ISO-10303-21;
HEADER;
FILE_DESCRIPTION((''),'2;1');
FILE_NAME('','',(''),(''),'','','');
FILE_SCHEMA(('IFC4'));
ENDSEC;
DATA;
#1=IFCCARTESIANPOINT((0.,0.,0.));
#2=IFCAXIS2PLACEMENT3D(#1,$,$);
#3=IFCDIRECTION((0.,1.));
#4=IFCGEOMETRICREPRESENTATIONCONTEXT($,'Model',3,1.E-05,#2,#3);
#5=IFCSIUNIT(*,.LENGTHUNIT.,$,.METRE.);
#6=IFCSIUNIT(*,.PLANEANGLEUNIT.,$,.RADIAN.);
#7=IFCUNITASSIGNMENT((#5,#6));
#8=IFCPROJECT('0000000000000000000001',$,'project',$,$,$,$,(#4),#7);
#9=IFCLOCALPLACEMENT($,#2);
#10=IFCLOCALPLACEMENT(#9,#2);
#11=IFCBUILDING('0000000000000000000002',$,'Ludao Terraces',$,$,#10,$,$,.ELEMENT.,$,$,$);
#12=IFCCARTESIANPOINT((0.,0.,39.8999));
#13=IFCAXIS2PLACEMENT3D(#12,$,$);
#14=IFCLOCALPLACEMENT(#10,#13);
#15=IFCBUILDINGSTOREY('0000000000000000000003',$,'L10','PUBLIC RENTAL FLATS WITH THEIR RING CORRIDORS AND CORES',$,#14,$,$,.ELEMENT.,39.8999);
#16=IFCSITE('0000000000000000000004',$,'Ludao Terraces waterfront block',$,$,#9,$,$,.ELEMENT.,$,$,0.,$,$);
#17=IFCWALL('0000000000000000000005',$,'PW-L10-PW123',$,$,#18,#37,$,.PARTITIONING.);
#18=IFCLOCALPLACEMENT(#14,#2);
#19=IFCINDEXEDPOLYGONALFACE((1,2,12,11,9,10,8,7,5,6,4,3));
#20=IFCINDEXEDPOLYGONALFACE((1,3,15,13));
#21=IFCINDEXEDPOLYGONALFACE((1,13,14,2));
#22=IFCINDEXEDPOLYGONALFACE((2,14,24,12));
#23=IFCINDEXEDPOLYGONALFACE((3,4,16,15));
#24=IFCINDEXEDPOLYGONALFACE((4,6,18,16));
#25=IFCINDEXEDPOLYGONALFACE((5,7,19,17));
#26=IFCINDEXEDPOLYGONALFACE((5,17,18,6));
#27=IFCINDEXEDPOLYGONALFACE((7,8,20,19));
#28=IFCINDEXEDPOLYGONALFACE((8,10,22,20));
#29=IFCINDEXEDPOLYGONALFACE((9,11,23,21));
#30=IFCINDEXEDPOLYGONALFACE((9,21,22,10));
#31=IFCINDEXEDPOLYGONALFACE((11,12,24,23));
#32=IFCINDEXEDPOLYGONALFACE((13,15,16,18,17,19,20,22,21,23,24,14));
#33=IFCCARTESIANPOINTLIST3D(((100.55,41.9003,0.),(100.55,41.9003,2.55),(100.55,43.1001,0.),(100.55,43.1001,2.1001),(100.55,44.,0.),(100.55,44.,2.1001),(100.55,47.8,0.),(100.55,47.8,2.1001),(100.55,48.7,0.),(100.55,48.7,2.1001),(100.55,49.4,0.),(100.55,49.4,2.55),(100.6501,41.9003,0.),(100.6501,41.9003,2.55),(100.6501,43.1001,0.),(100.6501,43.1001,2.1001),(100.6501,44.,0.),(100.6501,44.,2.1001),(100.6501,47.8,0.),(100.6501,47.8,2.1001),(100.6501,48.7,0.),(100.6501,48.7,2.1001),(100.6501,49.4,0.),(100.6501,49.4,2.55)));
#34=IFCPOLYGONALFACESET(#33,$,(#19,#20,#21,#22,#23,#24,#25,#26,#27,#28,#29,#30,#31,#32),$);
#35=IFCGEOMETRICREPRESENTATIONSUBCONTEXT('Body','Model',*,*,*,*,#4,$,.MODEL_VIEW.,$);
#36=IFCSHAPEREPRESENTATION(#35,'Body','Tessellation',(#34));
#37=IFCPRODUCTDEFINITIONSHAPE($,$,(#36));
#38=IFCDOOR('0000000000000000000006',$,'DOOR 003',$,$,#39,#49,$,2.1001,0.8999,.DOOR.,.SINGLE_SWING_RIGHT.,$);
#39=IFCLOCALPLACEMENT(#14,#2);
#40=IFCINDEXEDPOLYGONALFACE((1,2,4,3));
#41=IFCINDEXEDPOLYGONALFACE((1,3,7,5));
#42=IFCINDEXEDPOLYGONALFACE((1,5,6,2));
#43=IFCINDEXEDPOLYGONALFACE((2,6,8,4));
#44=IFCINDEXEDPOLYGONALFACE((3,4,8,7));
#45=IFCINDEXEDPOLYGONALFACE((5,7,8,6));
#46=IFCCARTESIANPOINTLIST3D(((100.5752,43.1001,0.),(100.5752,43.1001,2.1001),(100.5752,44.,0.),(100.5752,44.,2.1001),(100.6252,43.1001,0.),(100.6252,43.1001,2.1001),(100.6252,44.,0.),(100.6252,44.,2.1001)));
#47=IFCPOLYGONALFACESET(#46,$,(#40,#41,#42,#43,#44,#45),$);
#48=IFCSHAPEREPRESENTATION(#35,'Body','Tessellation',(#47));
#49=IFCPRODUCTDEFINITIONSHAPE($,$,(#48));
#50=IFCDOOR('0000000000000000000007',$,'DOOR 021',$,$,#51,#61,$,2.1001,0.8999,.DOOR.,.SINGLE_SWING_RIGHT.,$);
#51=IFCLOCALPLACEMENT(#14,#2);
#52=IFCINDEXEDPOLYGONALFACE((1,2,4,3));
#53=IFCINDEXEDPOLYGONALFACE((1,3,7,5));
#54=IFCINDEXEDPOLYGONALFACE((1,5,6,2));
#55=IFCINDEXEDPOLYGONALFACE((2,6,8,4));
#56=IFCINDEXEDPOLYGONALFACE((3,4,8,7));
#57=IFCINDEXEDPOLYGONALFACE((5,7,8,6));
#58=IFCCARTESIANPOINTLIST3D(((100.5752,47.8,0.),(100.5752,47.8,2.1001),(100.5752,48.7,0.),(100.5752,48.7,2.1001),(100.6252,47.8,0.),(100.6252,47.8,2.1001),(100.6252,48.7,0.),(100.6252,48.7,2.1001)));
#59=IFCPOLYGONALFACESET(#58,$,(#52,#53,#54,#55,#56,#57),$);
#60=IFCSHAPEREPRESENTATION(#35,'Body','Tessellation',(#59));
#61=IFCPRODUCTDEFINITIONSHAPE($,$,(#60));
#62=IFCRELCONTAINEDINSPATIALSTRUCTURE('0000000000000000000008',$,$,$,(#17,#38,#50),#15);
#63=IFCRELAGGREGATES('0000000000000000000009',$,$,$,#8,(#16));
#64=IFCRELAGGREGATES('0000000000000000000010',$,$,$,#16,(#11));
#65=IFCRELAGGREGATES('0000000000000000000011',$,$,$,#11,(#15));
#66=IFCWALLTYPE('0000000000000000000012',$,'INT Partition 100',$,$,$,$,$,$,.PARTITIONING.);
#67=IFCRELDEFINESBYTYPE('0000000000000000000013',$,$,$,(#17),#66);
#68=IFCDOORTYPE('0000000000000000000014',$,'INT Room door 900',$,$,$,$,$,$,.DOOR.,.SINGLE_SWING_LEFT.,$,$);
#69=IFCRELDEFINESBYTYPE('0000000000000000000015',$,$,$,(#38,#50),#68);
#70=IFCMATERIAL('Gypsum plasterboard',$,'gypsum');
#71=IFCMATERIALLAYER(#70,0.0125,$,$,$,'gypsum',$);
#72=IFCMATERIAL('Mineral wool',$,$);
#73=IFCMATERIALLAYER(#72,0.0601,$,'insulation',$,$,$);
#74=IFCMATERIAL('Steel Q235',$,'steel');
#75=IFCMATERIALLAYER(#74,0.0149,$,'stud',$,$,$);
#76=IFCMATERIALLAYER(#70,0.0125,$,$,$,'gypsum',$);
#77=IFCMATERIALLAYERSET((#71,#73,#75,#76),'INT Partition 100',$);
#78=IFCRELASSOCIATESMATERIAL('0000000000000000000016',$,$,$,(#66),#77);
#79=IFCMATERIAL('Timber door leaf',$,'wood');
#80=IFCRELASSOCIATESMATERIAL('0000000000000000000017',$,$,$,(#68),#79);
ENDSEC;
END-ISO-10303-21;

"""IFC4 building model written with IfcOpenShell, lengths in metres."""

from ifc_helpers import new_model, si_unit, direction, frame, frame_2d, origin, place, context, subcontext, project, spatial, rectangle, extrude, material, layer, layer_set, type_object, element, fill, save


model = new_model("IFC4")

# Units and contexts
model_context = context("Model", 3, precision=1e-05, world=origin(), true_north=direction((0.0, 1.0)))
body_context = subcontext(model_context, "Body", "Model", "MODEL_VIEW")
ifc_project = project(units=[si_unit("LENGTHUNIT", "METRE"), si_unit("PLANEANGLEUNIT", "RADIAN")], contexts=[model_context])

# Site, building, storey
site_placement = place(None, origin())
site = spatial("IfcSite", under=ifc_project, at=site_placement, Name="Ludao Terraces waterfront block", CompositionType="ELEMENT", RefElevation=0.0)
building_placement = place(site_placement, origin())
building = spatial("IfcBuilding", under=site, at=building_placement, Name="Ludao Terraces", CompositionType="ELEMENT")
storey_placement = place(building_placement, frame((0.0, 0.0, 39.8999)))
storey = spatial("IfcBuildingStorey", under=building, at=storey_placement, Name="L10", Description="PUBLIC RENTAL FLATS WITH THEIR RING CORRIDORS AND CORES", CompositionType="ELEMENT", Elevation=39.8999)

# Shared definitions
ifc_material_1 = material(Name="Gypsum plasterboard", Category="gypsum")
ifc_layer_1 = layer(ifc_material_1, 0.0125, Category="gypsum")
ifc_material_2 = material(Name="Mineral wool")
ifc_layer_2 = layer(ifc_material_2, 0.0601, Name="insulation")
ifc_material_3 = material(Name="Steel Q235", Category="steel")
ifc_layer_3 = layer(ifc_material_3, 0.0149, Name="stud")
ifc_layer_4 = layer(ifc_material_1, 0.0125, Category="gypsum")
ifc_layer_set = layer_set([ifc_layer_1, ifc_layer_2, ifc_layer_3, ifc_layer_4], Name="INT Partition 100")
wall_type = type_object("IfcWallType", Name="INT Partition 100", PredefinedType="PARTITIONING", material=ifc_layer_set)

# Wall, openings, doors
ifc_material_4 = material(Name="Timber door leaf", Category="wood")
wall_1_placement = place(storey_placement, frame((100.6001, 41.9001, 0.0), z_axis=(0.0, 0.0, 1.0), x_axis=(0.0, 1.0, 0.0)))
wall_1 = element("IfcWall", 1, at=wall_1_placement, inside=storey, type_object=wall_type, Name="PW-L10-PW123", PredefinedType="PARTITIONING", context=body_context, shape_type="SweptSolid", body=[
    extrude(rectangle(XDim=7.4998, YDim=0.1001, at=frame_2d((3.75, 0.0))), origin(), (0.0, 0.0, 1.0), 2.55),
])
opening_1_placement = place(wall_1_placement, frame((1.2, 0.0, 0.0)))
opening_1 = element("IfcOpeningElement", 2, at=opening_1_placement, cuts=wall_1, PredefinedType="OPENING", context=body_context, shape_type="SweptSolid", body=[
    extrude(rectangle(XDim=0.8999, YDim=2.1001, at=frame_2d((0.45, 1.05))), frame((0.0, 0.0601, 0.0), z_axis=(0.0, -1.0, 0.0), x_axis=(1.0, 0.0, 0.0)), (0.0, 0.0, 1.0), 0.1201),
])
opening_2_placement = place(wall_1_placement, frame((5.8999, 0.0, 0.0)))
opening_2 = element("IfcOpeningElement", 3, at=opening_2_placement, cuts=wall_1, PredefinedType="OPENING", context=body_context, shape_type="SweptSolid", body=[
    extrude(rectangle(XDim=0.8999, YDim=2.1001, at=frame_2d((0.45, 1.05))), frame((0.0, 0.0601, 0.0), z_axis=(0.0, -1.0, 0.0), x_axis=(1.0, 0.0, 0.0)), (0.0, 0.0, 1.0), 0.1201),
])
door_type_1 = type_object("IfcDoorType", Name="INT Room door 900", OperationType="SINGLE_SWING_LEFT", PredefinedType="DOOR", material=ifc_material_4)
door_1_placement = place(opening_1_placement, origin())
door_1 = element("IfcDoor", 4, at=door_1_placement, inside=storey, type_object=door_type_1, Name="DOOR 003", OperationType="SINGLE_SWING_RIGHT", OverallHeight=2.1001, OverallWidth=0.8999, PredefinedType="DOOR", context=body_context, shape_type="SweptSolid", body=[
    extrude(rectangle(XDim=0.8999, YDim=2.1001, at=frame_2d((0.45, 1.05))), frame((0.0, 0.0249, 0.0), z_axis=(0.0, -1.0, 0.0), x_axis=(1.0, 0.0, 0.0)), (0.0, 0.0, 1.0), 0.05),
])
fill(opening_1, door_1)
door_2_placement = place(opening_2_placement, origin())
door_2 = element("IfcDoor", 5, at=door_2_placement, inside=storey, type_object=door_type_1, Name="DOOR 021", OperationType="SINGLE_SWING_RIGHT", OverallHeight=2.1001, OverallWidth=0.8999, PredefinedType="DOOR", context=body_context, shape_type="SweptSolid", body=[
    extrude(rectangle(XDim=0.8999, YDim=2.1001, at=frame_2d((0.45, 1.05))), frame((0.0, 0.0249, 0.0), z_axis=(0.0, -1.0, 0.0), x_axis=(1.0, 0.0, 0.0)), (0.0, 0.0, 1.0), 0.05),
])
fill(opening_2, door_2)

save(model, "model.ifc")
